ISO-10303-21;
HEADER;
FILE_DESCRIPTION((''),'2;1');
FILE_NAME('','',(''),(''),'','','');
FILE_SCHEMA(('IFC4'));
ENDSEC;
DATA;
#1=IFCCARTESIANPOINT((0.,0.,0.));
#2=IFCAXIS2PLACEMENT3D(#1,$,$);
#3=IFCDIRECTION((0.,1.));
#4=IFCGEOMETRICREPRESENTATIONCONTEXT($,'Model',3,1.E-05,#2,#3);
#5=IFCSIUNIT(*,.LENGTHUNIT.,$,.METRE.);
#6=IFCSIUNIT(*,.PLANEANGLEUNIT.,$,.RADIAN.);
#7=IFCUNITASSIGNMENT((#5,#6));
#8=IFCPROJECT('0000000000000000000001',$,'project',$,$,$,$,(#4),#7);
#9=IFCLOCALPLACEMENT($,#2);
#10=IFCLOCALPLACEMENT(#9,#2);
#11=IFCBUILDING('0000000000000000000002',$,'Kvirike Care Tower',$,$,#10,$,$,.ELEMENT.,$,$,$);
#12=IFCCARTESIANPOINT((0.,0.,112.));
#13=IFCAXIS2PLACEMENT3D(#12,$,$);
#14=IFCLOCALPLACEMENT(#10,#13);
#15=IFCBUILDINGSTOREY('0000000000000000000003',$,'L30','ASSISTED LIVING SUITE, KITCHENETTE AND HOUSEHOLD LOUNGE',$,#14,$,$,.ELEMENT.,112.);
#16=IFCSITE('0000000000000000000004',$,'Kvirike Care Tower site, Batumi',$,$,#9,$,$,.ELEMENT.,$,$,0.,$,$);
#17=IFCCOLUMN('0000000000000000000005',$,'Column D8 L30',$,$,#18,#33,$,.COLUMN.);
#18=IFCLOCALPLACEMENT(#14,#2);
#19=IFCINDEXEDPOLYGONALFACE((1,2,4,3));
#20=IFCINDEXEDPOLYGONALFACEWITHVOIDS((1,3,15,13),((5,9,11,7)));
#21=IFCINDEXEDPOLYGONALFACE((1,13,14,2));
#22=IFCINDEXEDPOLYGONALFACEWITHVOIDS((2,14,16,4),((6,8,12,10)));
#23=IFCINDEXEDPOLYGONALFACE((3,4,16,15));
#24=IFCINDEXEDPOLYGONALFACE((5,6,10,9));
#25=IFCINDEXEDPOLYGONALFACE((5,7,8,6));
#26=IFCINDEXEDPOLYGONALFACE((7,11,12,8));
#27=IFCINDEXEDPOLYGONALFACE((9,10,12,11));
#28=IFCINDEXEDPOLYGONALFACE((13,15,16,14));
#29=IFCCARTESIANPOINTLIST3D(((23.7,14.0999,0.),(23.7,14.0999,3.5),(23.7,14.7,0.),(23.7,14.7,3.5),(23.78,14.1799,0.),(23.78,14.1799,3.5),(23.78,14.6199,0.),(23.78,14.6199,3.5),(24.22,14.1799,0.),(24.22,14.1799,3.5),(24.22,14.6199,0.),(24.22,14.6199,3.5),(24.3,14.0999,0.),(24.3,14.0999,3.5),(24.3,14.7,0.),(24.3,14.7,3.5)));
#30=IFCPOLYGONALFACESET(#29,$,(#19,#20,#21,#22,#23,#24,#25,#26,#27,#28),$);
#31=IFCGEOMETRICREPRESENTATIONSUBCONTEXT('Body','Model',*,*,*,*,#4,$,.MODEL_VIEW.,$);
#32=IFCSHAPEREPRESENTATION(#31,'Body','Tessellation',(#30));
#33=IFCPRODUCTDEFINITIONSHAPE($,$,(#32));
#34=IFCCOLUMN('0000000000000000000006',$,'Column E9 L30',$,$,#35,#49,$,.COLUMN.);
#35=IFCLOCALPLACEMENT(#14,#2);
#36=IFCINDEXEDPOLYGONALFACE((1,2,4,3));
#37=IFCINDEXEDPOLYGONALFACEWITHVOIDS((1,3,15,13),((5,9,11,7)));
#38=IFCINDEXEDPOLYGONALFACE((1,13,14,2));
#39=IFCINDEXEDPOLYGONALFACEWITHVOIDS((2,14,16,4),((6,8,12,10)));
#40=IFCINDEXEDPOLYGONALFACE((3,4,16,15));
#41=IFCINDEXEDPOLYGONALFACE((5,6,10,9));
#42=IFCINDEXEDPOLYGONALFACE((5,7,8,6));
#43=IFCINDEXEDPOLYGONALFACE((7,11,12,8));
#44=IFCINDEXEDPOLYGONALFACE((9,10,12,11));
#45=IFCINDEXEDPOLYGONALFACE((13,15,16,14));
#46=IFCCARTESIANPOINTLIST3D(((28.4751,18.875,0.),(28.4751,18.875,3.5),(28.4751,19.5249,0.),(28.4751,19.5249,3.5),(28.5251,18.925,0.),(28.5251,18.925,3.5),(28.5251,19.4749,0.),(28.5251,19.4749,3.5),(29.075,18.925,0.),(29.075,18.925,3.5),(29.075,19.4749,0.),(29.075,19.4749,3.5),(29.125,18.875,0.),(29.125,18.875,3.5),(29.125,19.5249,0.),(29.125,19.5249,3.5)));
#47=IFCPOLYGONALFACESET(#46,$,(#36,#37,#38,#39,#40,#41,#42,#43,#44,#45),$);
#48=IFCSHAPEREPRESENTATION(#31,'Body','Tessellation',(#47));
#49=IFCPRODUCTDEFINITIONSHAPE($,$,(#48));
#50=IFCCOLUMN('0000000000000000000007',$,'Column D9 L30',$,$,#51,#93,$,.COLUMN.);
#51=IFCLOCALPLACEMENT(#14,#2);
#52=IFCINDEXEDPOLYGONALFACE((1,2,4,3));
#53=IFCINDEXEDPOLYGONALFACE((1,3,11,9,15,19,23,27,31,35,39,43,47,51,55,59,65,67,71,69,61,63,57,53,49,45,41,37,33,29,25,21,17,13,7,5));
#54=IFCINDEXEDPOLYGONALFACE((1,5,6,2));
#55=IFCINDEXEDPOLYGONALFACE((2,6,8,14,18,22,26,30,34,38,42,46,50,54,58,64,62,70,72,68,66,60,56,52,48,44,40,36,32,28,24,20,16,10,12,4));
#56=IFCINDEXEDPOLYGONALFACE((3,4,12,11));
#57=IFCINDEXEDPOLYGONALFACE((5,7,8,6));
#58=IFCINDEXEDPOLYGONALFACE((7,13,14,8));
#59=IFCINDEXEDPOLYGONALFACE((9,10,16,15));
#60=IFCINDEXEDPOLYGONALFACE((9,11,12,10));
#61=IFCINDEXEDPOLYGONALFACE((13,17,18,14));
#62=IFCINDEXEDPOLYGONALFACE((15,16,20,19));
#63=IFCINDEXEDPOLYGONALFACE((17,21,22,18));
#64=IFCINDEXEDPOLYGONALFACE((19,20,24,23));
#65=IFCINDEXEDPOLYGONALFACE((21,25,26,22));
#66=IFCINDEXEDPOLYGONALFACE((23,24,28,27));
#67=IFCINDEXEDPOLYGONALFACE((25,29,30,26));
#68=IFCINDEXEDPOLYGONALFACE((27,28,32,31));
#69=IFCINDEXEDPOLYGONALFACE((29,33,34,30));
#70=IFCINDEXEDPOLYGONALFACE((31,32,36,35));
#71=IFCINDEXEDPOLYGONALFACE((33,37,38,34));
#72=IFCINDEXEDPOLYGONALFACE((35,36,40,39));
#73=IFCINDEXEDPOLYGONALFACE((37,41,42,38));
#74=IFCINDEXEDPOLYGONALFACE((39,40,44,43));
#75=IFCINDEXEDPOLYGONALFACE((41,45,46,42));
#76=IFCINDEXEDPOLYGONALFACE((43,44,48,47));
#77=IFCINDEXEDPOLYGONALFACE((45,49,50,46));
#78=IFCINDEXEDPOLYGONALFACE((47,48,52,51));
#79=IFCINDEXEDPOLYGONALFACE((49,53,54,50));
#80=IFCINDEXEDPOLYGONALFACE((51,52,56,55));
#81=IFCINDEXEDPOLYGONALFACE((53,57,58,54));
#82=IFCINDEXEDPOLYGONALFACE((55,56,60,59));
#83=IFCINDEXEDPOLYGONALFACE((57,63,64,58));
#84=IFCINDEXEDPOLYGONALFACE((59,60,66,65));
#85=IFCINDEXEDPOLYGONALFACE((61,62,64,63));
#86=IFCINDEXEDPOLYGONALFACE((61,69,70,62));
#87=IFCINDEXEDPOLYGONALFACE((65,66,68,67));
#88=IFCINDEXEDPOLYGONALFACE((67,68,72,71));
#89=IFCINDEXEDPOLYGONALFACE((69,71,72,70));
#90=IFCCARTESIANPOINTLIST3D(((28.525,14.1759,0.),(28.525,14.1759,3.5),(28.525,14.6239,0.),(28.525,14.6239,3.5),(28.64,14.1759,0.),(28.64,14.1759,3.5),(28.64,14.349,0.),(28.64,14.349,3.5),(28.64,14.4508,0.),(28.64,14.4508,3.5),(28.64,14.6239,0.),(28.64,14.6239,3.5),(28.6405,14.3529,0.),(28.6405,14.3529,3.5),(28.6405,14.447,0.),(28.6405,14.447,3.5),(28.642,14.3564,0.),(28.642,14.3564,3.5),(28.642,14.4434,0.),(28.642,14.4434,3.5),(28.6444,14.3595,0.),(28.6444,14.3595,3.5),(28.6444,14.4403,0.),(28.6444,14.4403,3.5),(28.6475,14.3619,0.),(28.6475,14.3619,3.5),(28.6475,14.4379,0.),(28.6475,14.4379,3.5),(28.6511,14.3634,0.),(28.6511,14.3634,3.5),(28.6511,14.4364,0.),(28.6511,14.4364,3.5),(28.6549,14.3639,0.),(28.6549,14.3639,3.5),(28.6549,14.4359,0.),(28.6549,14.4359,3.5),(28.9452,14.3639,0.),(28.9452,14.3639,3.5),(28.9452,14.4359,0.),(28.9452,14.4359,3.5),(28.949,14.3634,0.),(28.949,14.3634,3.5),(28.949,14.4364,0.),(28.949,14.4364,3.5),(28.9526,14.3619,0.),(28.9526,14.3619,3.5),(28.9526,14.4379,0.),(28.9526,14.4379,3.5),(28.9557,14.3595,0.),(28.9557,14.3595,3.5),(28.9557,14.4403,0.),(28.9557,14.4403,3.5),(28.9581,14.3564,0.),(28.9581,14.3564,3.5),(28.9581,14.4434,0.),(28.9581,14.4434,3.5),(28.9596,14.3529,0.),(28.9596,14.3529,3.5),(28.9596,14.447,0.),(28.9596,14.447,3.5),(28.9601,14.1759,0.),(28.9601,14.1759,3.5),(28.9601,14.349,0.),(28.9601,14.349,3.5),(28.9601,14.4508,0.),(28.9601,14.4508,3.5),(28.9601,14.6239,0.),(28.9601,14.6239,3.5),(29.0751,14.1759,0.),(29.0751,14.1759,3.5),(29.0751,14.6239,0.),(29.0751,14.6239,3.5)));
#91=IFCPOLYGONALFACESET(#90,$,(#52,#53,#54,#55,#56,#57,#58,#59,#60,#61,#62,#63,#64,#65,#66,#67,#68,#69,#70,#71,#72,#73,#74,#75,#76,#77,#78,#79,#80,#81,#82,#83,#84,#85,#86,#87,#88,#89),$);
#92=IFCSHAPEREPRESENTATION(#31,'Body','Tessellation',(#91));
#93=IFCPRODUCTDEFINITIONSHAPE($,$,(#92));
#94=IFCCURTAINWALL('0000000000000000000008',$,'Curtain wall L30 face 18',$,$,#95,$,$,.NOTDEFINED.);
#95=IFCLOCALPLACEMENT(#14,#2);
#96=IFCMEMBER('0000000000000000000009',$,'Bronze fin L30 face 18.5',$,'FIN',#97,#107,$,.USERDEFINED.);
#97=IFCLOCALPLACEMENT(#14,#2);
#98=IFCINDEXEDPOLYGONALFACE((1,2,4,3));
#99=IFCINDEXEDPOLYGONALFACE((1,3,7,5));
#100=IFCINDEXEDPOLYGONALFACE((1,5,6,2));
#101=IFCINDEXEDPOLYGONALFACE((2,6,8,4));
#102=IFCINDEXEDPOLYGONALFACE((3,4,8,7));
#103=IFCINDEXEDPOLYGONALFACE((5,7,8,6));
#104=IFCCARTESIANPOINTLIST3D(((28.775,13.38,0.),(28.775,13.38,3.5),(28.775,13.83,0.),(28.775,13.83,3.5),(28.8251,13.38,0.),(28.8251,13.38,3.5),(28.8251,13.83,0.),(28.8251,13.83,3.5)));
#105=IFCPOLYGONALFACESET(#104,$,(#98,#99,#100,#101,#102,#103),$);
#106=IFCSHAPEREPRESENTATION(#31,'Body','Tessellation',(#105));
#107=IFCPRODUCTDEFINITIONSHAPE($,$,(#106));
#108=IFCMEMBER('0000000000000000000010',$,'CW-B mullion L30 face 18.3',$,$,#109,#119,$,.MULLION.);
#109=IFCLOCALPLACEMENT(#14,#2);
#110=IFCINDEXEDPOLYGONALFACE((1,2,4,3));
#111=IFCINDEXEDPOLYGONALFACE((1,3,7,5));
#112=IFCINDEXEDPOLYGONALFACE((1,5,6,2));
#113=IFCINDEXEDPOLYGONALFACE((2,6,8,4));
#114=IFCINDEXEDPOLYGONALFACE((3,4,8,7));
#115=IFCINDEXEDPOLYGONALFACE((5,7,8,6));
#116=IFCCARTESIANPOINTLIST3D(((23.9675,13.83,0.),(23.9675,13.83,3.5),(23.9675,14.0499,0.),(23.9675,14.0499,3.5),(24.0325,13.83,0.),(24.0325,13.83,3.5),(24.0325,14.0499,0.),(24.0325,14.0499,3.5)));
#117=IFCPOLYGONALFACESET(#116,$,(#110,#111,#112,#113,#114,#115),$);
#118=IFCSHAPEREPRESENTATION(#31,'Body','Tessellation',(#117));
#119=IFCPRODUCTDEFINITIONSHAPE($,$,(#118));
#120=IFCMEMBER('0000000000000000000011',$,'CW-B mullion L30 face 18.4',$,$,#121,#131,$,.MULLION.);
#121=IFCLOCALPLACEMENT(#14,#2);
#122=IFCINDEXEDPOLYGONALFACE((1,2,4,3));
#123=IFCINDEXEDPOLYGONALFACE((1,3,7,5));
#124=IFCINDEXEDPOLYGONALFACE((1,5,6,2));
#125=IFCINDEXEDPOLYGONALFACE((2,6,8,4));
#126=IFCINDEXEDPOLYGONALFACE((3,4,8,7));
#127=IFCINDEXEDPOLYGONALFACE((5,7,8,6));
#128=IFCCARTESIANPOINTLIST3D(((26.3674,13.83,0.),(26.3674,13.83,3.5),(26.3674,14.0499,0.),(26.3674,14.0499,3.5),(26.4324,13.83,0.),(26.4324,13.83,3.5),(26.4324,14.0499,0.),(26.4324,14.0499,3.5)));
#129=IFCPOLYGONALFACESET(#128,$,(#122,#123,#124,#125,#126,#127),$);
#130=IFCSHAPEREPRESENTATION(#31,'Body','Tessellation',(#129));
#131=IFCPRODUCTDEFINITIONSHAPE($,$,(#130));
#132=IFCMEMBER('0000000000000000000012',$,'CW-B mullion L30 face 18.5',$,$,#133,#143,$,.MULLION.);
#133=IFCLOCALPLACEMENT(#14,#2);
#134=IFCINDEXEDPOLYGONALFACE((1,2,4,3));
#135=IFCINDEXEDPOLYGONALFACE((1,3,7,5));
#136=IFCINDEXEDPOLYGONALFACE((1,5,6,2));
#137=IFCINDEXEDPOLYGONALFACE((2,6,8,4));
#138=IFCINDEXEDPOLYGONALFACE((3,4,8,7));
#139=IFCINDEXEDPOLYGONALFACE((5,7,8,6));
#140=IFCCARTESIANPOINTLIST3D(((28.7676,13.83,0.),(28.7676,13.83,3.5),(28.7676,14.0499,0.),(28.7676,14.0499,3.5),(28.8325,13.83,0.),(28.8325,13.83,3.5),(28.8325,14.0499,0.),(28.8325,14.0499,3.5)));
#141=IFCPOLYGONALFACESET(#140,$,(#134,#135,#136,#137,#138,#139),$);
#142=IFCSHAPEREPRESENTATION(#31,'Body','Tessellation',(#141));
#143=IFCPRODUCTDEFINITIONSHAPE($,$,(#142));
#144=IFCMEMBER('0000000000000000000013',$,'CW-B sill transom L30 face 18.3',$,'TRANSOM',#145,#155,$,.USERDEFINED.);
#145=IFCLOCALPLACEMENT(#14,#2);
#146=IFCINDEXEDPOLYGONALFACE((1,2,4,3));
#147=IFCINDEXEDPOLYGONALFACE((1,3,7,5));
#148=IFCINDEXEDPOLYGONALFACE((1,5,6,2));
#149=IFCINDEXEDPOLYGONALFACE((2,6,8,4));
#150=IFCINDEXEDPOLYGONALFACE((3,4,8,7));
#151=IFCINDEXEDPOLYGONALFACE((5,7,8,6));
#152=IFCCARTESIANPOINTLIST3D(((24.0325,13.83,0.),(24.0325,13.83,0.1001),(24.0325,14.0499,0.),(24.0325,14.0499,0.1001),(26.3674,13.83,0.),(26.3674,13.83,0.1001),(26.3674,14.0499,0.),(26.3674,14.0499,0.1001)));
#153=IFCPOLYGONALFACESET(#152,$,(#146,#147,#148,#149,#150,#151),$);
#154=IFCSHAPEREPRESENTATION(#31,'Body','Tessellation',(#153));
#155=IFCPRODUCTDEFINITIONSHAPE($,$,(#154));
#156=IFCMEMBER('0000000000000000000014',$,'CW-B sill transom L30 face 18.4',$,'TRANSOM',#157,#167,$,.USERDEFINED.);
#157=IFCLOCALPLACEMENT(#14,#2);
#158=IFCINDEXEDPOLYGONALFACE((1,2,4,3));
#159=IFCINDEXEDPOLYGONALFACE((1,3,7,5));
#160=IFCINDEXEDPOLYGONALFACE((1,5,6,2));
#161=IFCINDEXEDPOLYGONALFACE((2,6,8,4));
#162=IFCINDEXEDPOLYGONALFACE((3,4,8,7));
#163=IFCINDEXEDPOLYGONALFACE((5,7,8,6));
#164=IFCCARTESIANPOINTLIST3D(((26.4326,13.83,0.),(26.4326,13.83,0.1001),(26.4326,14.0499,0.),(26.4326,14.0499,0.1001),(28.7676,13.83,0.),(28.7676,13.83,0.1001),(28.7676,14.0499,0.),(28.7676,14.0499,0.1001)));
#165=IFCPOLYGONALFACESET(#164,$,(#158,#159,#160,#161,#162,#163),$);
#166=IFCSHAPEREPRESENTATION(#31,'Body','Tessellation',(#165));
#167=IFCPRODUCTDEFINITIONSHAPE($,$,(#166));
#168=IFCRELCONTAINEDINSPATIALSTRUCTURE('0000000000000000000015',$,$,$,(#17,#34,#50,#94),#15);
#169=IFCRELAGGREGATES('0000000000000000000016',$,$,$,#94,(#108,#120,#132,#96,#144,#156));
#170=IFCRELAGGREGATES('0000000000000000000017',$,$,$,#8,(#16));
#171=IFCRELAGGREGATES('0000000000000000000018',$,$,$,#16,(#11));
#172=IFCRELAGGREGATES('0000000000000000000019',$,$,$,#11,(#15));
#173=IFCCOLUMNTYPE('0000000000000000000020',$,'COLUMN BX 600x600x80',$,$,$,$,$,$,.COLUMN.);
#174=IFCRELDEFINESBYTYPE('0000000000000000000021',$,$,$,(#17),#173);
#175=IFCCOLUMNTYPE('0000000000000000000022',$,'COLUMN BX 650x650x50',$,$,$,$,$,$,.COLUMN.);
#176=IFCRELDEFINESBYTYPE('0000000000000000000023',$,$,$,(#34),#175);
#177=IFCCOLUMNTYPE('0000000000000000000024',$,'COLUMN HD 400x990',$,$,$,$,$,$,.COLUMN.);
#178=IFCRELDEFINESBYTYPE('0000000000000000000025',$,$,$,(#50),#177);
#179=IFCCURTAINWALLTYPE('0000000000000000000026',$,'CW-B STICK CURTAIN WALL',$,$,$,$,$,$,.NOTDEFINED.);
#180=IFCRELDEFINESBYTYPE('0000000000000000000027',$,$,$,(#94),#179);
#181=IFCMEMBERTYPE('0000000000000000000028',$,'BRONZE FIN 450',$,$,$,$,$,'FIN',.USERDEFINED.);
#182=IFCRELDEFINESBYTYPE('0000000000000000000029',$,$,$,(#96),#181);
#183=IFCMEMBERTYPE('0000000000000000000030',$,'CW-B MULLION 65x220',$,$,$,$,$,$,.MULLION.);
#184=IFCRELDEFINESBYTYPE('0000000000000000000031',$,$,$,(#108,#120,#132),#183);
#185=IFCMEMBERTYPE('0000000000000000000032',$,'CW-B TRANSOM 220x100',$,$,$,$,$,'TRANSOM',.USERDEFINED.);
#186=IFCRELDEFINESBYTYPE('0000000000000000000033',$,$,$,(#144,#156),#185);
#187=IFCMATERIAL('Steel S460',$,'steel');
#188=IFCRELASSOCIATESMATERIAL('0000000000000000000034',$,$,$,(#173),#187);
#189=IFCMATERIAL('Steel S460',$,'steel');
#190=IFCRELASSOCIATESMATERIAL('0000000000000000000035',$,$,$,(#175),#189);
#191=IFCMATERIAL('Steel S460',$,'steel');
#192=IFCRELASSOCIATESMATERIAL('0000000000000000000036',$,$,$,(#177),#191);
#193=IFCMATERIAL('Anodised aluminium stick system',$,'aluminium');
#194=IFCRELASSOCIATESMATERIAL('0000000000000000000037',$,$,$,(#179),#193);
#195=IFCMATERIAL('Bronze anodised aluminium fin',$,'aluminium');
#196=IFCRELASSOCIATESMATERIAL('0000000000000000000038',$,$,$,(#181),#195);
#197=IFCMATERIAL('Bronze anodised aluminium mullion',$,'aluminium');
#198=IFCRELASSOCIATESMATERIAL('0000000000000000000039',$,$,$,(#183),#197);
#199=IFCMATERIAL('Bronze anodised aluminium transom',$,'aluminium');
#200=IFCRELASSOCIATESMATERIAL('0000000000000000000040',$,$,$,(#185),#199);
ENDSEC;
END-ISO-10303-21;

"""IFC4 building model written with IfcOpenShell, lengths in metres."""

from ifc_helpers import new_model, si_unit, direction, frame, origin, origin_2d, place, context, subcontext, project, spatial, rectangle, hollow_rectangle, i_section, extrude, material, material_profile, profile_set, type_object, element, aggregate, save


model = new_model("IFC4")

# Units and contexts
model_context = context("Model", 3, precision=1e-05, world=origin(), true_north=direction((0.0, 1.0)))
body_context = subcontext(model_context, "Body", "Model", "MODEL_VIEW")
ifc_project = project(units=[si_unit("LENGTHUNIT", "METRE"), si_unit("PLANEANGLEUNIT", "RADIAN")], contexts=[model_context])

# Site, building, storey
site_placement = place(None, origin())
site = spatial("IfcSite", under=ifc_project, at=site_placement, Name="Kvirike Care Tower site, Batumi", CompositionType="ELEMENT", RefElevation=0.0)
building_placement = place(site_placement, origin())
building = spatial("IfcBuilding", under=site, at=building_placement, Name="Kvirike Care Tower", CompositionType="ELEMENT")
storey_placement = place(building_placement, frame((0.0, 0.0, 112.0)))
storey = spatial("IfcBuildingStorey", under=building, at=storey_placement, Name="L30", Description="ASSISTED LIVING SUITE, KITCHENETTE AND HOUSEHOLD LOUNGE", CompositionType="ELEMENT", Elevation=112.0)

# Columns
ifc_material_1 = material(Name="Steel S460", Category="steel")
ifc_material_profile_1 = material_profile(ifc_material_1, hollow_rectangle(XDim=0.6001, YDim=0.6001, WallThickness=0.0801, at=origin_2d()), Name="BX 600x600x80")
ifc_profile_set_1 = profile_set([ifc_material_profile_1], Name="Steel S460")
column_type_1 = type_object("IfcColumnType", Name="COLUMN BX 600x600x80", PredefinedType="COLUMN", material=ifc_profile_set_1)
column_1_placement = place(storey_placement, frame((24.0, 14.3999, 0.0), z_axis=(0.0, 0.0, 1.0), x_axis=(0.0, 1.0, 0.0)))
element("IfcColumn", 1, at=column_1_placement, inside=storey, type_object=column_type_1, Name="Column D8 L30", PredefinedType="COLUMN", context=body_context, shape_type="SweptSolid", body=[
    extrude(hollow_rectangle(XDim=0.6001, YDim=0.6001, WallThickness=0.0801, at=origin_2d()), origin(), (0.0, 0.0, 1.0), 3.5),
])
ifc_material_2 = material(Name="Steel S460", Category="steel")
ifc_material_profile_2 = material_profile(ifc_material_2, hollow_rectangle(XDim=0.6499, YDim=0.6499, WallThickness=0.05, at=origin_2d()), Name="BX 650x650x50")
ifc_profile_set_2 = profile_set([ifc_material_profile_2], Name="Steel S460")
column_type_2 = type_object("IfcColumnType", Name="COLUMN BX 650x650x50", PredefinedType="COLUMN", material=ifc_profile_set_2)
column_2_placement = place(storey_placement, frame((28.8, 19.2, 0.0), z_axis=(0.0, 0.0, 1.0), x_axis=(1.0, 0.0, 0.0)))
element("IfcColumn", 2, at=column_2_placement, inside=storey, type_object=column_type_2, Name="Column E9 L30", PredefinedType="COLUMN", context=body_context, shape_type="SweptSolid", body=[
    extrude(hollow_rectangle(XDim=0.6499, YDim=0.6499, WallThickness=0.05, at=origin_2d()), origin(), (0.0, 0.0, 1.0), 3.5),
])
ifc_material_3 = material(Name="Steel S460", Category="steel")
ifc_material_profile_3 = material_profile(ifc_material_3, i_section(OverallWidth=0.448, OverallDepth=0.55, WebThickness=0.072, FlangeThickness=0.115, FilletRadius=0.0149, at=origin_2d()), Name="HD 400x990")
ifc_profile_set_3 = profile_set([ifc_material_profile_3], Name="Steel S460")
column_type_3 = type_object("IfcColumnType", Name="COLUMN HD 400x990", PredefinedType="COLUMN", material=ifc_profile_set_3)
column_3_placement = place(storey_placement, frame((28.8, 14.3999, 0.0), z_axis=(0.0, 0.0, 1.0), x_axis=(0.0, 1.0, 0.0)))
element("IfcColumn", 3, at=column_3_placement, inside=storey, type_object=column_type_3, Name="Column D9 L30", PredefinedType="COLUMN", context=body_context, shape_type="SweptSolid", body=[
    extrude(i_section(OverallWidth=0.448, OverallDepth=0.55, WebThickness=0.072, FlangeThickness=0.115, FilletRadius=0.0149, at=origin_2d()), origin(), (0.0, 0.0, 1.0), 3.5),
])

# Curtain wall, members
ifc_material_4 = material(Name="Anodised aluminium stick system", Category="aluminium")
curtain_wall_type = type_object("IfcCurtainWallType", Name="CW-B STICK CURTAIN WALL", PredefinedType="NOTDEFINED", material=ifc_material_4)
curtain_wall_placement = place(storey_placement, origin())
curtain_wall = element("IfcCurtainWall", 4, at=curtain_wall_placement, inside=storey, type_object=curtain_wall_type, Name="Curtain wall L30 face 18", PredefinedType="NOTDEFINED")
ifc_material_5 = material(Name="Bronze anodised aluminium fin", Category="aluminium")
ifc_material_profile_4 = material_profile(ifc_material_5, rectangle(XDim=0.05, YDim=0.45, at=origin_2d()), Name="BRONZE FIN 450")
ifc_profile_set_4 = profile_set([ifc_material_profile_4], Name="Bronze anodised aluminium fin")
member_type_1 = type_object("IfcMemberType", Name="BRONZE FIN 450", ElementType="FIN", PredefinedType="USERDEFINED", material=ifc_profile_set_4)
member_1_placement = place(storey_placement, frame((28.8, 13.605, 0.0), z_axis=(0.0, 0.0, 1.0), x_axis=(1.0, 0.0, 0.0)))
member_1 = element("IfcMember", 5, at=member_1_placement, type_object=member_type_1, Name="Bronze fin L30 face 18.5", ObjectType="FIN", PredefinedType="USERDEFINED", context=body_context, shape_type="SweptSolid", body=[
    extrude(rectangle(XDim=0.05, YDim=0.45, at=origin_2d()), origin(), (0.0, 0.0, 1.0), 3.5),
])
ifc_material_6 = material(Name="Bronze anodised aluminium mullion", Category="aluminium")
ifc_material_profile_5 = material_profile(ifc_material_6, rectangle(XDim=0.0649, YDim=0.22, at=origin_2d()), Name="CW-B MULLION 65x220")
ifc_profile_set_5 = profile_set([ifc_material_profile_5], Name="Bronze anodised aluminium mullion")
member_type_2 = type_object("IfcMemberType", Name="CW-B MULLION 65x220", PredefinedType="MULLION", material=ifc_profile_set_5)
member_2_placement = place(storey_placement, frame((24.0, 13.9399, 0.0), z_axis=(0.0, 0.0, 1.0), x_axis=(1.0, 0.0, 0.0)))
member_2 = element("IfcMember", 6, at=member_2_placement, type_object=member_type_2, Name="CW-B mullion L30 face 18.3", PredefinedType="MULLION", context=body_context, shape_type="SweptSolid", body=[
    extrude(rectangle(XDim=0.0649, YDim=0.22, at=origin_2d()), origin(), (0.0, 0.0, 1.0), 3.5),
])
member_3_placement = place(storey_placement, frame((26.3999, 13.9399, 0.0), z_axis=(0.0, 0.0, 1.0), x_axis=(1.0, 0.0, 0.0)))
member_3 = element("IfcMember", 7, at=member_3_placement, type_object=member_type_2, Name="CW-B mullion L30 face 18.4", PredefinedType="MULLION", context=body_context, shape_type="SweptSolid", body=[
    extrude(rectangle(XDim=0.0649, YDim=0.22, at=origin_2d()), origin(), (0.0, 0.0, 1.0), 3.5),
])
member_4_placement = place(storey_placement, frame((28.8, 13.9399, 0.0), z_axis=(0.0, 0.0, 1.0), x_axis=(1.0, 0.0, 0.0)))
member_4 = element("IfcMember", 8, at=member_4_placement, type_object=member_type_2, Name="CW-B mullion L30 face 18.5", PredefinedType="MULLION", context=body_context, shape_type="SweptSolid", body=[
    extrude(rectangle(XDim=0.0649, YDim=0.22, at=origin_2d()), origin(), (0.0, 0.0, 1.0), 3.5),
])
ifc_material_7 = material(Name="Bronze anodised aluminium transom", Category="aluminium")
ifc_material_profile_6 = material_profile(ifc_material_7, rectangle(XDim=0.22, YDim=0.1001, at=origin_2d()), Name="CW-B TRANSOM 220x100")
ifc_profile_set_6 = profile_set([ifc_material_profile_6], Name="Bronze anodised aluminium transom")
member_type_3 = type_object("IfcMemberType", Name="CW-B TRANSOM 220x100", ElementType="TRANSOM", PredefinedType="USERDEFINED", material=ifc_profile_set_6)
member_5_placement = place(storey_placement, frame((24.0325, 13.9399, 0.05), z_axis=(1.0, 0.0, 0.0), x_axis=(0.0, 1.0, 0.0)))
member_5 = element("IfcMember", 9, at=member_5_placement, type_object=member_type_3, Name="CW-B sill transom L30 face 18.3", ObjectType="TRANSOM", PredefinedType="USERDEFINED", context=body_context, shape_type="SweptSolid", body=[
    extrude(rectangle(XDim=0.22, YDim=0.1001, at=origin_2d()), origin(), (0.0, 0.0, 1.0), 2.335),
])
member_6_placement = place(storey_placement, frame((26.4326, 13.9399, 0.05), z_axis=(1.0, 0.0, 0.0), x_axis=(0.0, 1.0, 0.0)))
member_6 = element("IfcMember", 10, at=member_6_placement, type_object=member_type_3, Name="CW-B sill transom L30 face 18.4", ObjectType="TRANSOM", PredefinedType="USERDEFINED", context=body_context, shape_type="SweptSolid", body=[
    extrude(rectangle(XDim=0.22, YDim=0.1001, at=origin_2d()), origin(), (0.0, 0.0, 1.0), 2.335),
])

aggregate(curtain_wall, [member_2, member_3, member_4, member_1, member_5, member_6])

save(model, "model.ifc")
